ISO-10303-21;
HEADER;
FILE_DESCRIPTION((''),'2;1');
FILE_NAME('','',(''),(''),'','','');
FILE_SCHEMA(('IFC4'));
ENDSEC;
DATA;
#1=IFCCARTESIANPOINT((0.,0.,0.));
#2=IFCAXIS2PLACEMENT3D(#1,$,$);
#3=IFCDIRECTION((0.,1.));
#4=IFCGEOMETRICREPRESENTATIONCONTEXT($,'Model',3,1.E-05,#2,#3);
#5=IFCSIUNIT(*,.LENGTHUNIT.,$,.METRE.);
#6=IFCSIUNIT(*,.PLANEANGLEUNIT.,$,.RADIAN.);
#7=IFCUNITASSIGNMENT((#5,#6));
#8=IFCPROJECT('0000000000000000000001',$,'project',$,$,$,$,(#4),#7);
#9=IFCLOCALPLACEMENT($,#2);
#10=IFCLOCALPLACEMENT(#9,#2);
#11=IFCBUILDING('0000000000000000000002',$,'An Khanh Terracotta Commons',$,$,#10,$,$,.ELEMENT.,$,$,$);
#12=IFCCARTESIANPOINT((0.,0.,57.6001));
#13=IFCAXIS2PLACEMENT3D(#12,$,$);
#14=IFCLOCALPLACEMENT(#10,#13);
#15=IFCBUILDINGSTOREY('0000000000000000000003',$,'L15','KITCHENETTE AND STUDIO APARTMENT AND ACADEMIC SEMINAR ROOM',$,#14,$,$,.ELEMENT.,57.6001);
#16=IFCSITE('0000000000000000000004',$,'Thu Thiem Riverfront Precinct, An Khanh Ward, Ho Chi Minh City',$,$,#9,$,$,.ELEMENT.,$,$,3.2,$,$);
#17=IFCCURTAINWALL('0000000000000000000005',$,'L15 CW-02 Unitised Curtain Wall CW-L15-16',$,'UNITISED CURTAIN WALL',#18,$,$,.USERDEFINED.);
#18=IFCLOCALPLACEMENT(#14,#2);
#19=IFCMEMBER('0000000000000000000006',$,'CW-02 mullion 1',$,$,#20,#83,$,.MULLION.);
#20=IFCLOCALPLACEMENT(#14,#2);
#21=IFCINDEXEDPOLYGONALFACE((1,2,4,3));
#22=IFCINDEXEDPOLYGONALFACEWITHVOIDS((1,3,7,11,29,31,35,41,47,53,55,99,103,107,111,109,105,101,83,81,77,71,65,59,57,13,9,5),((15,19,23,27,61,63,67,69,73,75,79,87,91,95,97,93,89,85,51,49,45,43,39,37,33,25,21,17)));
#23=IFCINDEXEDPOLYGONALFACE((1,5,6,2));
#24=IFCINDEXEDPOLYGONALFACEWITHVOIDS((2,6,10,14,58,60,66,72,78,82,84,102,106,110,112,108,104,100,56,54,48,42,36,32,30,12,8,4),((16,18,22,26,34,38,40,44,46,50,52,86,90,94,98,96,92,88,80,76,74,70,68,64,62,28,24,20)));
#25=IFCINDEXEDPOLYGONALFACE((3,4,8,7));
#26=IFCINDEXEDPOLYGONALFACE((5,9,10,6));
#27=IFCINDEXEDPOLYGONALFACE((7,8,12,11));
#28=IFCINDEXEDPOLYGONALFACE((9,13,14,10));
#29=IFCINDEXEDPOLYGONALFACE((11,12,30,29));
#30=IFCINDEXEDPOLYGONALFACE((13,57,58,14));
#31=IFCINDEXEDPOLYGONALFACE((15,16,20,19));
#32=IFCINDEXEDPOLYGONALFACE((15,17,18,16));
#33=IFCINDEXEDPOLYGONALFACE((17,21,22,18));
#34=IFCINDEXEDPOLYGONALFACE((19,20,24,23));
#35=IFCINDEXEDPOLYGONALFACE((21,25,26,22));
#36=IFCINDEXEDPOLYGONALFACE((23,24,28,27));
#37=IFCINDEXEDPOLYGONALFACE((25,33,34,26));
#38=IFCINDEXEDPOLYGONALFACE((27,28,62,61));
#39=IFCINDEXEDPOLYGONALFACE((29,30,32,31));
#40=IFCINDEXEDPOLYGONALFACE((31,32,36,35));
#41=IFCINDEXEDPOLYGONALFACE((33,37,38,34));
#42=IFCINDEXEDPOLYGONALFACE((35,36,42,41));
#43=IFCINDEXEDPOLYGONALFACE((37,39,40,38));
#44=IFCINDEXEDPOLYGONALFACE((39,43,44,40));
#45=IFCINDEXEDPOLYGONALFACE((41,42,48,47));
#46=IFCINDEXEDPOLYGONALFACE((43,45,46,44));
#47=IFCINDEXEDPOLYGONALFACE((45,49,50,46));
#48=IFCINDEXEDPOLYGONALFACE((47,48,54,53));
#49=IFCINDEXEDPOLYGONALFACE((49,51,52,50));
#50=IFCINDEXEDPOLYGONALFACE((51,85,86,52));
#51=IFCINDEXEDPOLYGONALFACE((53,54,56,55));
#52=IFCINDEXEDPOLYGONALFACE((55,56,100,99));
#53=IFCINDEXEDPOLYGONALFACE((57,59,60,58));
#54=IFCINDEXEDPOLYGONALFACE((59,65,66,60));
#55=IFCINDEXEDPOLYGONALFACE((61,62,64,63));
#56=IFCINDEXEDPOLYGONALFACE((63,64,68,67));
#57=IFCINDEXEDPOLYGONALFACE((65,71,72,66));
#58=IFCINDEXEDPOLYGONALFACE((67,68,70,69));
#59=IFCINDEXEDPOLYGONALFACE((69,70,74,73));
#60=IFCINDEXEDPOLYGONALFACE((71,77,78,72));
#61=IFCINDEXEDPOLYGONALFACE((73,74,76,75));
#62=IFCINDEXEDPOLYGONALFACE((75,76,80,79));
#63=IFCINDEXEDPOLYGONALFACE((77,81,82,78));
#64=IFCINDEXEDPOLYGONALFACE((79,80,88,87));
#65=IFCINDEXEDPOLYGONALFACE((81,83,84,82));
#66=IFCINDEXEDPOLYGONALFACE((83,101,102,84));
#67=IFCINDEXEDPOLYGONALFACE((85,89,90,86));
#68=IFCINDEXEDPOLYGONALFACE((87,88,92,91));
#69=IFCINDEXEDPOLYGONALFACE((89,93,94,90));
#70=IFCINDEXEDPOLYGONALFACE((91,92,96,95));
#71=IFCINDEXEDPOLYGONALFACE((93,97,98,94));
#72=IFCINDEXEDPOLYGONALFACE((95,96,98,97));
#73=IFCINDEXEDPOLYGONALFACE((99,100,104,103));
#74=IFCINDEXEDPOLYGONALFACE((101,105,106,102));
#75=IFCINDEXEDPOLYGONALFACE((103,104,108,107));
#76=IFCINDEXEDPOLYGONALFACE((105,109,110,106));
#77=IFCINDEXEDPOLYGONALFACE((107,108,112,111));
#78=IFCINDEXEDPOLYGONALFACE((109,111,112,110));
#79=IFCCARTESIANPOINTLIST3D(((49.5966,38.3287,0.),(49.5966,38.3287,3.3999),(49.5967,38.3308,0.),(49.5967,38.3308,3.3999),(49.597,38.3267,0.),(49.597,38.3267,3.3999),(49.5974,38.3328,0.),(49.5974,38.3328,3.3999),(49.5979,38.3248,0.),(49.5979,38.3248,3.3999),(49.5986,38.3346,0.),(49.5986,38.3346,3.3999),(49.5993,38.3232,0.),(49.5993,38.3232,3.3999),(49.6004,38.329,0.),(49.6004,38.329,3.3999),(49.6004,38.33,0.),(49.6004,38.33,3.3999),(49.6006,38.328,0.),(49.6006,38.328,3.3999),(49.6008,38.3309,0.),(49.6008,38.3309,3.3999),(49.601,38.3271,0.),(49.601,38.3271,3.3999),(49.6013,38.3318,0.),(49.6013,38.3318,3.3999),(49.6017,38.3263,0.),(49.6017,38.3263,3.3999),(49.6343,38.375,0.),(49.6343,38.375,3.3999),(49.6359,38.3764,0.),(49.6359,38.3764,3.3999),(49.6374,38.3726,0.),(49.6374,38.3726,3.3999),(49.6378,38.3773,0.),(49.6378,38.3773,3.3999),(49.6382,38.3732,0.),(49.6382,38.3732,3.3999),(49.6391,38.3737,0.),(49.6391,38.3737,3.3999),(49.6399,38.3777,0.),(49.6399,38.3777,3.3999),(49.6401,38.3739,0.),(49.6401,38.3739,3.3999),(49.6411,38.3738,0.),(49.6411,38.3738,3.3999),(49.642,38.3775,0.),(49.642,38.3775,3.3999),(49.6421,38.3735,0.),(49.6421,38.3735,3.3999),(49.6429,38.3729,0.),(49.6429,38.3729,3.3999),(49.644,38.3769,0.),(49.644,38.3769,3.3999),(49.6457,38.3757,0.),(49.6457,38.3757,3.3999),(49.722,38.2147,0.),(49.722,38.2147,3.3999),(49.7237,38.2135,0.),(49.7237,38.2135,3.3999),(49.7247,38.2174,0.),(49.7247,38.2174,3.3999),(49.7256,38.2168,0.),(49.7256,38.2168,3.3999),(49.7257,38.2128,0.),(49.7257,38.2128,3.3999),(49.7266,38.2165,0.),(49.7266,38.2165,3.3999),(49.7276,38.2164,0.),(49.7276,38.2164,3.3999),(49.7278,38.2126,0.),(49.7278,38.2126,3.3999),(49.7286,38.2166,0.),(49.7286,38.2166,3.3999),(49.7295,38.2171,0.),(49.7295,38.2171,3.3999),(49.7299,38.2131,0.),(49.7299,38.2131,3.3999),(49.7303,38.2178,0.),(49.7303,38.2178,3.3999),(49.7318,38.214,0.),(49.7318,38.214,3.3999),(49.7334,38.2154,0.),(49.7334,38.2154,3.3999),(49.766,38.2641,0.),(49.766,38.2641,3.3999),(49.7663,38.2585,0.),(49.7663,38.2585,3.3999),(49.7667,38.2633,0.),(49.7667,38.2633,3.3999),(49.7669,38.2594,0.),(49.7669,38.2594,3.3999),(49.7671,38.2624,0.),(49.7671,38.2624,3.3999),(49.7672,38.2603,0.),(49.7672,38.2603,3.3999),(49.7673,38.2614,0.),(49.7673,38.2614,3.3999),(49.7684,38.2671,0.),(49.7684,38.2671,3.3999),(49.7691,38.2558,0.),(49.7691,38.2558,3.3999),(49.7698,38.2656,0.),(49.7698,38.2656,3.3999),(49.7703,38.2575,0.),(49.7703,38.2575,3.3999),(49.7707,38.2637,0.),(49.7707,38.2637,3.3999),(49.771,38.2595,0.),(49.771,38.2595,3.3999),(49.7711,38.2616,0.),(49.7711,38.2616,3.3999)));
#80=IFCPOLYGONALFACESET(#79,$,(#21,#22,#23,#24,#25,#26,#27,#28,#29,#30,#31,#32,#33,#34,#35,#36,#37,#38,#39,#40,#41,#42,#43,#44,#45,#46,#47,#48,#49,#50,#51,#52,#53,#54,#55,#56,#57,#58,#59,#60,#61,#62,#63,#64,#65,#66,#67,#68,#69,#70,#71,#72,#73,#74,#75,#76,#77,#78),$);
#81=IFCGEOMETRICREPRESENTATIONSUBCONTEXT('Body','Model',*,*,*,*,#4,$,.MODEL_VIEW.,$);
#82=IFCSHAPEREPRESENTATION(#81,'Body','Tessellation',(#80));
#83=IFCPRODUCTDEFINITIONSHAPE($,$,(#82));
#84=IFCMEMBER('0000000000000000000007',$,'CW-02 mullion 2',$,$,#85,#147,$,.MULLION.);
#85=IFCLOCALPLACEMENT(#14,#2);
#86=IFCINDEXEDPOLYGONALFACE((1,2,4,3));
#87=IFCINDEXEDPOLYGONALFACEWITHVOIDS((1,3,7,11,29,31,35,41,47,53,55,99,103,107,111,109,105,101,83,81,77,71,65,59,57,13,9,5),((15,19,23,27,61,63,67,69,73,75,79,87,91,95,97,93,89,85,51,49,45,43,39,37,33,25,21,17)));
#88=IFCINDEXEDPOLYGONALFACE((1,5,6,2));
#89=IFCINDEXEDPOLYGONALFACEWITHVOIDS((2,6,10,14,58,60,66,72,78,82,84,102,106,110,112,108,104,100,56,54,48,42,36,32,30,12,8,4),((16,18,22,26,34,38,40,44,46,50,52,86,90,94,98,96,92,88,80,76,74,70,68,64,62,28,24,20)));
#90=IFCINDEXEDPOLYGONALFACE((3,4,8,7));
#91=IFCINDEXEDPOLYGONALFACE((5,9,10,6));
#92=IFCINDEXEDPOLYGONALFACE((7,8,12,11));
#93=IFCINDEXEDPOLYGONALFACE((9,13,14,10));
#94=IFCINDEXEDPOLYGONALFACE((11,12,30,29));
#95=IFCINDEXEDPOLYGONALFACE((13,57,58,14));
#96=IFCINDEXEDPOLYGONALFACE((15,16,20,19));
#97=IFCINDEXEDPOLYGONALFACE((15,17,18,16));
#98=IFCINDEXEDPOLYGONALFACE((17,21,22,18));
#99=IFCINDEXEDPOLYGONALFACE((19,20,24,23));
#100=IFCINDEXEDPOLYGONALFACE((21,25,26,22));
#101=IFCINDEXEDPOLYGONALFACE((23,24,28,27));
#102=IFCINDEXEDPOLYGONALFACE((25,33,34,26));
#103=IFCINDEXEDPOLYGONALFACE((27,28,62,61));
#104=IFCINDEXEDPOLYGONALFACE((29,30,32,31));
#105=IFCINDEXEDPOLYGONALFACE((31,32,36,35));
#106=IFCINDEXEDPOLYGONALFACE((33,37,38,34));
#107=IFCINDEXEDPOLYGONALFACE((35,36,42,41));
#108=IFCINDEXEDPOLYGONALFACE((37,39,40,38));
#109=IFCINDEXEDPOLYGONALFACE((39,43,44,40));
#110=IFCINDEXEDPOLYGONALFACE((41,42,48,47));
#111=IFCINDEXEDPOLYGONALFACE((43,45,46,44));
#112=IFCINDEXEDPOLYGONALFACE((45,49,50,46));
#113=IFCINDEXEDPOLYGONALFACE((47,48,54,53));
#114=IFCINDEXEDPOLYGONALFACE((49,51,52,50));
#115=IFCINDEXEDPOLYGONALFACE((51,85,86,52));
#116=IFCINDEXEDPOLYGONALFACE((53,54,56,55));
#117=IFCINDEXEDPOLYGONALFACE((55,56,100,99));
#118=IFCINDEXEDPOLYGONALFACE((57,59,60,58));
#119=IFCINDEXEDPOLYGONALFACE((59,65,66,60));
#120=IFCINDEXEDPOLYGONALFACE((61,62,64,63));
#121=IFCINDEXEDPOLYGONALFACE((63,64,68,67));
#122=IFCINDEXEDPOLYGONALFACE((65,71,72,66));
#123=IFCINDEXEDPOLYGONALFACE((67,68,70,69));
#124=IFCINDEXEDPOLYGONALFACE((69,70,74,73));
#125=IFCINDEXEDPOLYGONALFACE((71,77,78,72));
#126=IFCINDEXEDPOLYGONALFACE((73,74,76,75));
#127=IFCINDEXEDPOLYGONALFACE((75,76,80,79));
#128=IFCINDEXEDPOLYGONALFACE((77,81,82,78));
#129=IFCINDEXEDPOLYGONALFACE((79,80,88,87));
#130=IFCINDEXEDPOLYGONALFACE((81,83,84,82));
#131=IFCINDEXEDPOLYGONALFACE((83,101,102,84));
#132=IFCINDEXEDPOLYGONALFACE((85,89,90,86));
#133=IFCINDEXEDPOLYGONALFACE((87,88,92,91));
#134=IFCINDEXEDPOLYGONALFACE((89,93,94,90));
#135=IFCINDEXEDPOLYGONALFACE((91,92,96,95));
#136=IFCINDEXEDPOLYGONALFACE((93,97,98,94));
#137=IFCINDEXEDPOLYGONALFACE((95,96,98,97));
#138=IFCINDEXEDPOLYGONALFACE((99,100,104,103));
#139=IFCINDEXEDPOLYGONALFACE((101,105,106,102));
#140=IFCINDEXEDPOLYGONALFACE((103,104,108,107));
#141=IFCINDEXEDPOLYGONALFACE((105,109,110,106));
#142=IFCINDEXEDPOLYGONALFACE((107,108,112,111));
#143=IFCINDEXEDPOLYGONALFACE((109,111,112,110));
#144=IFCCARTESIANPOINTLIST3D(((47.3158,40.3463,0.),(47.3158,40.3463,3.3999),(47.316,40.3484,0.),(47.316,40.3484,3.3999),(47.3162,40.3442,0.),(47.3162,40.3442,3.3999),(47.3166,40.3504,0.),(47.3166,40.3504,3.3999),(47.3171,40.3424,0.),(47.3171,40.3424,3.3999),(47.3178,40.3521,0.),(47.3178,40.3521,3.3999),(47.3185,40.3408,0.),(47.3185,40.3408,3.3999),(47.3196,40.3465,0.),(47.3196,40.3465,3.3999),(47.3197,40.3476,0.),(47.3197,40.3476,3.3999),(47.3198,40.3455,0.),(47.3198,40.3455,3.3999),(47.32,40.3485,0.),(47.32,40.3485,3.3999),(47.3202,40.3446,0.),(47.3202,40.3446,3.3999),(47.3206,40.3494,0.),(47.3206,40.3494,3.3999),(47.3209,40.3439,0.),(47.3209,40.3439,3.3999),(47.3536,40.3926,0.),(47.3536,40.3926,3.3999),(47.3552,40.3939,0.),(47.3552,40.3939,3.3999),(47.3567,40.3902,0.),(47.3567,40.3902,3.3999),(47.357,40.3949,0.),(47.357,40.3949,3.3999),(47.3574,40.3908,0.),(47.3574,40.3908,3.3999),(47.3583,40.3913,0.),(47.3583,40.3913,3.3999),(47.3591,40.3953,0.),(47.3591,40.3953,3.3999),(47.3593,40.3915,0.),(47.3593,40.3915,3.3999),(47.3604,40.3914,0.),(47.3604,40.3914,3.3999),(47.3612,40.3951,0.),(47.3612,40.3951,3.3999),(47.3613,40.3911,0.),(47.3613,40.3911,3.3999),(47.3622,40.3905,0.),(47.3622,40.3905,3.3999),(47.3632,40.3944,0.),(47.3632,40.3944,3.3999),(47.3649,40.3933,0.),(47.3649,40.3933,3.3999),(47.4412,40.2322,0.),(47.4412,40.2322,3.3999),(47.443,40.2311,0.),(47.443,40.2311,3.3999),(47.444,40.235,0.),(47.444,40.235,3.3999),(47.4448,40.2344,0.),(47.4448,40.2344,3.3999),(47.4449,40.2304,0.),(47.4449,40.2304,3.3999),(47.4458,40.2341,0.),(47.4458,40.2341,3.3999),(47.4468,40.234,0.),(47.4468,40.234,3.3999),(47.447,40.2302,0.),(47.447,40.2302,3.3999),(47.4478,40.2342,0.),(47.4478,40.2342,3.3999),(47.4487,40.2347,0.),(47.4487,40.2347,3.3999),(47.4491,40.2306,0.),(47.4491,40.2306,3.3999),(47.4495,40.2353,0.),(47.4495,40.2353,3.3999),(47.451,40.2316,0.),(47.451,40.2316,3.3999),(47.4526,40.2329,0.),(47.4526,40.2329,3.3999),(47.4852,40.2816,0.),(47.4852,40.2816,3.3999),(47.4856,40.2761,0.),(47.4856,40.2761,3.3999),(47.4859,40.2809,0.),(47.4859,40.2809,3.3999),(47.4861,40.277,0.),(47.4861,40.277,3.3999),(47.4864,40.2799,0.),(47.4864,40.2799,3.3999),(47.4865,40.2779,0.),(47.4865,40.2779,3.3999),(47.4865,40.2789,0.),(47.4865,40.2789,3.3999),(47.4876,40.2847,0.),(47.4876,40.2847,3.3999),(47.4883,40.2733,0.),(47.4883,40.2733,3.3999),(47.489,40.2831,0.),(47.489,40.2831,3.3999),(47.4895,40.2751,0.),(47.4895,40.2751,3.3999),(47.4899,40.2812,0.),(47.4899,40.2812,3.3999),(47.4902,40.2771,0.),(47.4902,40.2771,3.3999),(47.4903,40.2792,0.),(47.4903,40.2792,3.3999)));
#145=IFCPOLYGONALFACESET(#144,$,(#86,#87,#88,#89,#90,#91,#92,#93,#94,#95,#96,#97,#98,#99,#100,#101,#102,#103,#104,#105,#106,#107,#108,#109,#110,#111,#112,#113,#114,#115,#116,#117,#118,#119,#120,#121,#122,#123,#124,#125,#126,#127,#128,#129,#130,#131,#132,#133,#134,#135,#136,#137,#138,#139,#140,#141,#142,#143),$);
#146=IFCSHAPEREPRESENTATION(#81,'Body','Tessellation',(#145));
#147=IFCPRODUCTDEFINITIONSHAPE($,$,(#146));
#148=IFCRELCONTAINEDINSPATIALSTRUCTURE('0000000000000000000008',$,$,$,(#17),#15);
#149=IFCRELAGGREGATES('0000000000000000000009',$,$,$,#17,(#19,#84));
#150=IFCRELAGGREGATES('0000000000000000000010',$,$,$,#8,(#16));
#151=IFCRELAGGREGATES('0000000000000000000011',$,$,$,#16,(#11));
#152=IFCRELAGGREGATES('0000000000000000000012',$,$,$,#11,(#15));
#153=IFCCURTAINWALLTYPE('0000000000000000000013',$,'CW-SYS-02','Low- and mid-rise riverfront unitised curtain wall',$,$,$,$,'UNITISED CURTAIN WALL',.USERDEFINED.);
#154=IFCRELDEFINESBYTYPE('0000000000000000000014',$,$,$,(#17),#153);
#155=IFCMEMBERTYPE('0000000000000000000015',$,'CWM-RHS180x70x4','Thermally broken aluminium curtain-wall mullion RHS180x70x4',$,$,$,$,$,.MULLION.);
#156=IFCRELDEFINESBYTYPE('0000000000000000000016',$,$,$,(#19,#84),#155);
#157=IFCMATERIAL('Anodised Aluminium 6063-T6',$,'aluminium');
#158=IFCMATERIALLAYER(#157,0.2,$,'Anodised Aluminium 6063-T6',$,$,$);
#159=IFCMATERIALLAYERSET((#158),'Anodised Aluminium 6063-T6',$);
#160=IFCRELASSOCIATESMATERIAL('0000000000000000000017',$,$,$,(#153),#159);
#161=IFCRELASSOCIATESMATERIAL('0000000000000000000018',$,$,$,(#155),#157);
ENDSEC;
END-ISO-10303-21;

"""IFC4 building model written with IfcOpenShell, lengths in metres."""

from ifc_helpers import new_model, si_unit, direction, frame, origin, origin_2d, place, context, subcontext, project, spatial, hollow_rectangle, extrude, material, layer, layer_set, material_profile, profile_set, type_object, element, aggregate, save


model = new_model("IFC4")

# Units and contexts
model_context = context("Model", 3, precision=1e-05, world=origin(), true_north=direction((0.0, 1.0)))
body_context = subcontext(model_context, "Body", "Model", "MODEL_VIEW")
ifc_project = project(units=[si_unit("LENGTHUNIT", "METRE"), si_unit("PLANEANGLEUNIT", "RADIAN")], contexts=[model_context])

# Site, building, storey
site_placement = place(None, origin())
site = spatial("IfcSite", under=ifc_project, at=site_placement, Name="Thu Thiem Riverfront Precinct, An Khanh Ward, Ho Chi Minh City", CompositionType="ELEMENT", RefElevation=3.2)
building_placement = place(site_placement, origin())
building = spatial("IfcBuilding", under=site, at=building_placement, Name="An Khanh Terracotta Commons", CompositionType="ELEMENT")
storey_placement = place(building_placement, frame((0.0, 0.0, 57.6001)))
storey = spatial("IfcBuildingStorey", under=building, at=storey_placement, Name="L15", Description="KITCHENETTE AND STUDIO APARTMENT AND ACADEMIC SEMINAR ROOM", CompositionType="ELEMENT", Elevation=57.6001)

# Curtain wall, members
ifc_material_1 = material(Name="Anodised Aluminium 6063-T6", Category="aluminium")
ifc_layer_1 = layer(ifc_material_1, 0.2, Name="Anodised Aluminium 6063-T6")
ifc_layer_set_1 = layer_set([ifc_layer_1], Name="Anodised Aluminium 6063-T6")
curtain_wall_type = type_object("IfcCurtainWallType", Name="CW-SYS-02", Description="Low- and mid-rise riverfront unitised curtain wall", ElementType="UNITISED CURTAIN WALL", PredefinedType="USERDEFINED", material=ifc_layer_set_1)
curtain_wall_placement = place(storey_placement, origin())
curtain_wall = element("IfcCurtainWall", 1, at=curtain_wall_placement, inside=storey, type_object=curtain_wall_type, Name="L15 CW-02 Unitised Curtain Wall CW-L15-16", ObjectType="UNITISED CURTAIN WALL", PredefinedType="USERDEFINED")
ifc_material_profile_1 = material_profile(ifc_material_1, hollow_rectangle(XDim=0.0701, YDim=0.1799, WallThickness=0.0039, InnerFilletRadius=0.0039, OuterFilletRadius=0.0081, at=origin_2d()), Name="RHS180x70x4")
ifc_profile_set_1 = profile_set([ifc_material_profile_1], Name="Anodised Aluminium 6063-T6")
member_type_1 = type_object("IfcMemberType", Name="CWM-RHS180x70x4", Description="Thermally broken aluminium curtain-wall mullion RHS180x70x4", PredefinedType="MULLION", material=ifc_profile_set_1)
member_1_placement = place(storey_placement, frame((49.6838, 38.2952, 0.0), z_axis=(0.0, 0.0, 1.0), x_axis=(-0.662548, -0.749019, 0.0)))
member_1 = element("IfcMember", 2, at=member_1_placement, type_object=member_type_1, Name="CW-02 mullion 1", PredefinedType="MULLION", context=body_context, shape_type="SweptSolid", body=[
    extrude(hollow_rectangle(XDim=0.0701, YDim=0.1799, WallThickness=0.0039, InnerFilletRadius=0.0039, OuterFilletRadius=0.0081, at=origin_2d()), origin(), (0.0, 0.0, 1.0), 3.3999),
])
member_2_placement = place(storey_placement, frame((47.4031, 40.3127, 0.0), z_axis=(0.0, 0.0, 1.0), x_axis=(-0.662548, -0.749019, 0.0)))
member_2 = element("IfcMember", 3, at=member_2_placement, type_object=member_type_1, Name="CW-02 mullion 2", PredefinedType="MULLION", context=body_context, shape_type="SweptSolid", body=[
    extrude(hollow_rectangle(XDim=0.0701, YDim=0.1799, WallThickness=0.0039, InnerFilletRadius=0.0039, OuterFilletRadius=0.0081, at=origin_2d()), origin(), (0.0, 0.0, 1.0), 3.3999),
])
aggregate(curtain_wall, [member_1, member_2])

save(model, "model.ifc")
